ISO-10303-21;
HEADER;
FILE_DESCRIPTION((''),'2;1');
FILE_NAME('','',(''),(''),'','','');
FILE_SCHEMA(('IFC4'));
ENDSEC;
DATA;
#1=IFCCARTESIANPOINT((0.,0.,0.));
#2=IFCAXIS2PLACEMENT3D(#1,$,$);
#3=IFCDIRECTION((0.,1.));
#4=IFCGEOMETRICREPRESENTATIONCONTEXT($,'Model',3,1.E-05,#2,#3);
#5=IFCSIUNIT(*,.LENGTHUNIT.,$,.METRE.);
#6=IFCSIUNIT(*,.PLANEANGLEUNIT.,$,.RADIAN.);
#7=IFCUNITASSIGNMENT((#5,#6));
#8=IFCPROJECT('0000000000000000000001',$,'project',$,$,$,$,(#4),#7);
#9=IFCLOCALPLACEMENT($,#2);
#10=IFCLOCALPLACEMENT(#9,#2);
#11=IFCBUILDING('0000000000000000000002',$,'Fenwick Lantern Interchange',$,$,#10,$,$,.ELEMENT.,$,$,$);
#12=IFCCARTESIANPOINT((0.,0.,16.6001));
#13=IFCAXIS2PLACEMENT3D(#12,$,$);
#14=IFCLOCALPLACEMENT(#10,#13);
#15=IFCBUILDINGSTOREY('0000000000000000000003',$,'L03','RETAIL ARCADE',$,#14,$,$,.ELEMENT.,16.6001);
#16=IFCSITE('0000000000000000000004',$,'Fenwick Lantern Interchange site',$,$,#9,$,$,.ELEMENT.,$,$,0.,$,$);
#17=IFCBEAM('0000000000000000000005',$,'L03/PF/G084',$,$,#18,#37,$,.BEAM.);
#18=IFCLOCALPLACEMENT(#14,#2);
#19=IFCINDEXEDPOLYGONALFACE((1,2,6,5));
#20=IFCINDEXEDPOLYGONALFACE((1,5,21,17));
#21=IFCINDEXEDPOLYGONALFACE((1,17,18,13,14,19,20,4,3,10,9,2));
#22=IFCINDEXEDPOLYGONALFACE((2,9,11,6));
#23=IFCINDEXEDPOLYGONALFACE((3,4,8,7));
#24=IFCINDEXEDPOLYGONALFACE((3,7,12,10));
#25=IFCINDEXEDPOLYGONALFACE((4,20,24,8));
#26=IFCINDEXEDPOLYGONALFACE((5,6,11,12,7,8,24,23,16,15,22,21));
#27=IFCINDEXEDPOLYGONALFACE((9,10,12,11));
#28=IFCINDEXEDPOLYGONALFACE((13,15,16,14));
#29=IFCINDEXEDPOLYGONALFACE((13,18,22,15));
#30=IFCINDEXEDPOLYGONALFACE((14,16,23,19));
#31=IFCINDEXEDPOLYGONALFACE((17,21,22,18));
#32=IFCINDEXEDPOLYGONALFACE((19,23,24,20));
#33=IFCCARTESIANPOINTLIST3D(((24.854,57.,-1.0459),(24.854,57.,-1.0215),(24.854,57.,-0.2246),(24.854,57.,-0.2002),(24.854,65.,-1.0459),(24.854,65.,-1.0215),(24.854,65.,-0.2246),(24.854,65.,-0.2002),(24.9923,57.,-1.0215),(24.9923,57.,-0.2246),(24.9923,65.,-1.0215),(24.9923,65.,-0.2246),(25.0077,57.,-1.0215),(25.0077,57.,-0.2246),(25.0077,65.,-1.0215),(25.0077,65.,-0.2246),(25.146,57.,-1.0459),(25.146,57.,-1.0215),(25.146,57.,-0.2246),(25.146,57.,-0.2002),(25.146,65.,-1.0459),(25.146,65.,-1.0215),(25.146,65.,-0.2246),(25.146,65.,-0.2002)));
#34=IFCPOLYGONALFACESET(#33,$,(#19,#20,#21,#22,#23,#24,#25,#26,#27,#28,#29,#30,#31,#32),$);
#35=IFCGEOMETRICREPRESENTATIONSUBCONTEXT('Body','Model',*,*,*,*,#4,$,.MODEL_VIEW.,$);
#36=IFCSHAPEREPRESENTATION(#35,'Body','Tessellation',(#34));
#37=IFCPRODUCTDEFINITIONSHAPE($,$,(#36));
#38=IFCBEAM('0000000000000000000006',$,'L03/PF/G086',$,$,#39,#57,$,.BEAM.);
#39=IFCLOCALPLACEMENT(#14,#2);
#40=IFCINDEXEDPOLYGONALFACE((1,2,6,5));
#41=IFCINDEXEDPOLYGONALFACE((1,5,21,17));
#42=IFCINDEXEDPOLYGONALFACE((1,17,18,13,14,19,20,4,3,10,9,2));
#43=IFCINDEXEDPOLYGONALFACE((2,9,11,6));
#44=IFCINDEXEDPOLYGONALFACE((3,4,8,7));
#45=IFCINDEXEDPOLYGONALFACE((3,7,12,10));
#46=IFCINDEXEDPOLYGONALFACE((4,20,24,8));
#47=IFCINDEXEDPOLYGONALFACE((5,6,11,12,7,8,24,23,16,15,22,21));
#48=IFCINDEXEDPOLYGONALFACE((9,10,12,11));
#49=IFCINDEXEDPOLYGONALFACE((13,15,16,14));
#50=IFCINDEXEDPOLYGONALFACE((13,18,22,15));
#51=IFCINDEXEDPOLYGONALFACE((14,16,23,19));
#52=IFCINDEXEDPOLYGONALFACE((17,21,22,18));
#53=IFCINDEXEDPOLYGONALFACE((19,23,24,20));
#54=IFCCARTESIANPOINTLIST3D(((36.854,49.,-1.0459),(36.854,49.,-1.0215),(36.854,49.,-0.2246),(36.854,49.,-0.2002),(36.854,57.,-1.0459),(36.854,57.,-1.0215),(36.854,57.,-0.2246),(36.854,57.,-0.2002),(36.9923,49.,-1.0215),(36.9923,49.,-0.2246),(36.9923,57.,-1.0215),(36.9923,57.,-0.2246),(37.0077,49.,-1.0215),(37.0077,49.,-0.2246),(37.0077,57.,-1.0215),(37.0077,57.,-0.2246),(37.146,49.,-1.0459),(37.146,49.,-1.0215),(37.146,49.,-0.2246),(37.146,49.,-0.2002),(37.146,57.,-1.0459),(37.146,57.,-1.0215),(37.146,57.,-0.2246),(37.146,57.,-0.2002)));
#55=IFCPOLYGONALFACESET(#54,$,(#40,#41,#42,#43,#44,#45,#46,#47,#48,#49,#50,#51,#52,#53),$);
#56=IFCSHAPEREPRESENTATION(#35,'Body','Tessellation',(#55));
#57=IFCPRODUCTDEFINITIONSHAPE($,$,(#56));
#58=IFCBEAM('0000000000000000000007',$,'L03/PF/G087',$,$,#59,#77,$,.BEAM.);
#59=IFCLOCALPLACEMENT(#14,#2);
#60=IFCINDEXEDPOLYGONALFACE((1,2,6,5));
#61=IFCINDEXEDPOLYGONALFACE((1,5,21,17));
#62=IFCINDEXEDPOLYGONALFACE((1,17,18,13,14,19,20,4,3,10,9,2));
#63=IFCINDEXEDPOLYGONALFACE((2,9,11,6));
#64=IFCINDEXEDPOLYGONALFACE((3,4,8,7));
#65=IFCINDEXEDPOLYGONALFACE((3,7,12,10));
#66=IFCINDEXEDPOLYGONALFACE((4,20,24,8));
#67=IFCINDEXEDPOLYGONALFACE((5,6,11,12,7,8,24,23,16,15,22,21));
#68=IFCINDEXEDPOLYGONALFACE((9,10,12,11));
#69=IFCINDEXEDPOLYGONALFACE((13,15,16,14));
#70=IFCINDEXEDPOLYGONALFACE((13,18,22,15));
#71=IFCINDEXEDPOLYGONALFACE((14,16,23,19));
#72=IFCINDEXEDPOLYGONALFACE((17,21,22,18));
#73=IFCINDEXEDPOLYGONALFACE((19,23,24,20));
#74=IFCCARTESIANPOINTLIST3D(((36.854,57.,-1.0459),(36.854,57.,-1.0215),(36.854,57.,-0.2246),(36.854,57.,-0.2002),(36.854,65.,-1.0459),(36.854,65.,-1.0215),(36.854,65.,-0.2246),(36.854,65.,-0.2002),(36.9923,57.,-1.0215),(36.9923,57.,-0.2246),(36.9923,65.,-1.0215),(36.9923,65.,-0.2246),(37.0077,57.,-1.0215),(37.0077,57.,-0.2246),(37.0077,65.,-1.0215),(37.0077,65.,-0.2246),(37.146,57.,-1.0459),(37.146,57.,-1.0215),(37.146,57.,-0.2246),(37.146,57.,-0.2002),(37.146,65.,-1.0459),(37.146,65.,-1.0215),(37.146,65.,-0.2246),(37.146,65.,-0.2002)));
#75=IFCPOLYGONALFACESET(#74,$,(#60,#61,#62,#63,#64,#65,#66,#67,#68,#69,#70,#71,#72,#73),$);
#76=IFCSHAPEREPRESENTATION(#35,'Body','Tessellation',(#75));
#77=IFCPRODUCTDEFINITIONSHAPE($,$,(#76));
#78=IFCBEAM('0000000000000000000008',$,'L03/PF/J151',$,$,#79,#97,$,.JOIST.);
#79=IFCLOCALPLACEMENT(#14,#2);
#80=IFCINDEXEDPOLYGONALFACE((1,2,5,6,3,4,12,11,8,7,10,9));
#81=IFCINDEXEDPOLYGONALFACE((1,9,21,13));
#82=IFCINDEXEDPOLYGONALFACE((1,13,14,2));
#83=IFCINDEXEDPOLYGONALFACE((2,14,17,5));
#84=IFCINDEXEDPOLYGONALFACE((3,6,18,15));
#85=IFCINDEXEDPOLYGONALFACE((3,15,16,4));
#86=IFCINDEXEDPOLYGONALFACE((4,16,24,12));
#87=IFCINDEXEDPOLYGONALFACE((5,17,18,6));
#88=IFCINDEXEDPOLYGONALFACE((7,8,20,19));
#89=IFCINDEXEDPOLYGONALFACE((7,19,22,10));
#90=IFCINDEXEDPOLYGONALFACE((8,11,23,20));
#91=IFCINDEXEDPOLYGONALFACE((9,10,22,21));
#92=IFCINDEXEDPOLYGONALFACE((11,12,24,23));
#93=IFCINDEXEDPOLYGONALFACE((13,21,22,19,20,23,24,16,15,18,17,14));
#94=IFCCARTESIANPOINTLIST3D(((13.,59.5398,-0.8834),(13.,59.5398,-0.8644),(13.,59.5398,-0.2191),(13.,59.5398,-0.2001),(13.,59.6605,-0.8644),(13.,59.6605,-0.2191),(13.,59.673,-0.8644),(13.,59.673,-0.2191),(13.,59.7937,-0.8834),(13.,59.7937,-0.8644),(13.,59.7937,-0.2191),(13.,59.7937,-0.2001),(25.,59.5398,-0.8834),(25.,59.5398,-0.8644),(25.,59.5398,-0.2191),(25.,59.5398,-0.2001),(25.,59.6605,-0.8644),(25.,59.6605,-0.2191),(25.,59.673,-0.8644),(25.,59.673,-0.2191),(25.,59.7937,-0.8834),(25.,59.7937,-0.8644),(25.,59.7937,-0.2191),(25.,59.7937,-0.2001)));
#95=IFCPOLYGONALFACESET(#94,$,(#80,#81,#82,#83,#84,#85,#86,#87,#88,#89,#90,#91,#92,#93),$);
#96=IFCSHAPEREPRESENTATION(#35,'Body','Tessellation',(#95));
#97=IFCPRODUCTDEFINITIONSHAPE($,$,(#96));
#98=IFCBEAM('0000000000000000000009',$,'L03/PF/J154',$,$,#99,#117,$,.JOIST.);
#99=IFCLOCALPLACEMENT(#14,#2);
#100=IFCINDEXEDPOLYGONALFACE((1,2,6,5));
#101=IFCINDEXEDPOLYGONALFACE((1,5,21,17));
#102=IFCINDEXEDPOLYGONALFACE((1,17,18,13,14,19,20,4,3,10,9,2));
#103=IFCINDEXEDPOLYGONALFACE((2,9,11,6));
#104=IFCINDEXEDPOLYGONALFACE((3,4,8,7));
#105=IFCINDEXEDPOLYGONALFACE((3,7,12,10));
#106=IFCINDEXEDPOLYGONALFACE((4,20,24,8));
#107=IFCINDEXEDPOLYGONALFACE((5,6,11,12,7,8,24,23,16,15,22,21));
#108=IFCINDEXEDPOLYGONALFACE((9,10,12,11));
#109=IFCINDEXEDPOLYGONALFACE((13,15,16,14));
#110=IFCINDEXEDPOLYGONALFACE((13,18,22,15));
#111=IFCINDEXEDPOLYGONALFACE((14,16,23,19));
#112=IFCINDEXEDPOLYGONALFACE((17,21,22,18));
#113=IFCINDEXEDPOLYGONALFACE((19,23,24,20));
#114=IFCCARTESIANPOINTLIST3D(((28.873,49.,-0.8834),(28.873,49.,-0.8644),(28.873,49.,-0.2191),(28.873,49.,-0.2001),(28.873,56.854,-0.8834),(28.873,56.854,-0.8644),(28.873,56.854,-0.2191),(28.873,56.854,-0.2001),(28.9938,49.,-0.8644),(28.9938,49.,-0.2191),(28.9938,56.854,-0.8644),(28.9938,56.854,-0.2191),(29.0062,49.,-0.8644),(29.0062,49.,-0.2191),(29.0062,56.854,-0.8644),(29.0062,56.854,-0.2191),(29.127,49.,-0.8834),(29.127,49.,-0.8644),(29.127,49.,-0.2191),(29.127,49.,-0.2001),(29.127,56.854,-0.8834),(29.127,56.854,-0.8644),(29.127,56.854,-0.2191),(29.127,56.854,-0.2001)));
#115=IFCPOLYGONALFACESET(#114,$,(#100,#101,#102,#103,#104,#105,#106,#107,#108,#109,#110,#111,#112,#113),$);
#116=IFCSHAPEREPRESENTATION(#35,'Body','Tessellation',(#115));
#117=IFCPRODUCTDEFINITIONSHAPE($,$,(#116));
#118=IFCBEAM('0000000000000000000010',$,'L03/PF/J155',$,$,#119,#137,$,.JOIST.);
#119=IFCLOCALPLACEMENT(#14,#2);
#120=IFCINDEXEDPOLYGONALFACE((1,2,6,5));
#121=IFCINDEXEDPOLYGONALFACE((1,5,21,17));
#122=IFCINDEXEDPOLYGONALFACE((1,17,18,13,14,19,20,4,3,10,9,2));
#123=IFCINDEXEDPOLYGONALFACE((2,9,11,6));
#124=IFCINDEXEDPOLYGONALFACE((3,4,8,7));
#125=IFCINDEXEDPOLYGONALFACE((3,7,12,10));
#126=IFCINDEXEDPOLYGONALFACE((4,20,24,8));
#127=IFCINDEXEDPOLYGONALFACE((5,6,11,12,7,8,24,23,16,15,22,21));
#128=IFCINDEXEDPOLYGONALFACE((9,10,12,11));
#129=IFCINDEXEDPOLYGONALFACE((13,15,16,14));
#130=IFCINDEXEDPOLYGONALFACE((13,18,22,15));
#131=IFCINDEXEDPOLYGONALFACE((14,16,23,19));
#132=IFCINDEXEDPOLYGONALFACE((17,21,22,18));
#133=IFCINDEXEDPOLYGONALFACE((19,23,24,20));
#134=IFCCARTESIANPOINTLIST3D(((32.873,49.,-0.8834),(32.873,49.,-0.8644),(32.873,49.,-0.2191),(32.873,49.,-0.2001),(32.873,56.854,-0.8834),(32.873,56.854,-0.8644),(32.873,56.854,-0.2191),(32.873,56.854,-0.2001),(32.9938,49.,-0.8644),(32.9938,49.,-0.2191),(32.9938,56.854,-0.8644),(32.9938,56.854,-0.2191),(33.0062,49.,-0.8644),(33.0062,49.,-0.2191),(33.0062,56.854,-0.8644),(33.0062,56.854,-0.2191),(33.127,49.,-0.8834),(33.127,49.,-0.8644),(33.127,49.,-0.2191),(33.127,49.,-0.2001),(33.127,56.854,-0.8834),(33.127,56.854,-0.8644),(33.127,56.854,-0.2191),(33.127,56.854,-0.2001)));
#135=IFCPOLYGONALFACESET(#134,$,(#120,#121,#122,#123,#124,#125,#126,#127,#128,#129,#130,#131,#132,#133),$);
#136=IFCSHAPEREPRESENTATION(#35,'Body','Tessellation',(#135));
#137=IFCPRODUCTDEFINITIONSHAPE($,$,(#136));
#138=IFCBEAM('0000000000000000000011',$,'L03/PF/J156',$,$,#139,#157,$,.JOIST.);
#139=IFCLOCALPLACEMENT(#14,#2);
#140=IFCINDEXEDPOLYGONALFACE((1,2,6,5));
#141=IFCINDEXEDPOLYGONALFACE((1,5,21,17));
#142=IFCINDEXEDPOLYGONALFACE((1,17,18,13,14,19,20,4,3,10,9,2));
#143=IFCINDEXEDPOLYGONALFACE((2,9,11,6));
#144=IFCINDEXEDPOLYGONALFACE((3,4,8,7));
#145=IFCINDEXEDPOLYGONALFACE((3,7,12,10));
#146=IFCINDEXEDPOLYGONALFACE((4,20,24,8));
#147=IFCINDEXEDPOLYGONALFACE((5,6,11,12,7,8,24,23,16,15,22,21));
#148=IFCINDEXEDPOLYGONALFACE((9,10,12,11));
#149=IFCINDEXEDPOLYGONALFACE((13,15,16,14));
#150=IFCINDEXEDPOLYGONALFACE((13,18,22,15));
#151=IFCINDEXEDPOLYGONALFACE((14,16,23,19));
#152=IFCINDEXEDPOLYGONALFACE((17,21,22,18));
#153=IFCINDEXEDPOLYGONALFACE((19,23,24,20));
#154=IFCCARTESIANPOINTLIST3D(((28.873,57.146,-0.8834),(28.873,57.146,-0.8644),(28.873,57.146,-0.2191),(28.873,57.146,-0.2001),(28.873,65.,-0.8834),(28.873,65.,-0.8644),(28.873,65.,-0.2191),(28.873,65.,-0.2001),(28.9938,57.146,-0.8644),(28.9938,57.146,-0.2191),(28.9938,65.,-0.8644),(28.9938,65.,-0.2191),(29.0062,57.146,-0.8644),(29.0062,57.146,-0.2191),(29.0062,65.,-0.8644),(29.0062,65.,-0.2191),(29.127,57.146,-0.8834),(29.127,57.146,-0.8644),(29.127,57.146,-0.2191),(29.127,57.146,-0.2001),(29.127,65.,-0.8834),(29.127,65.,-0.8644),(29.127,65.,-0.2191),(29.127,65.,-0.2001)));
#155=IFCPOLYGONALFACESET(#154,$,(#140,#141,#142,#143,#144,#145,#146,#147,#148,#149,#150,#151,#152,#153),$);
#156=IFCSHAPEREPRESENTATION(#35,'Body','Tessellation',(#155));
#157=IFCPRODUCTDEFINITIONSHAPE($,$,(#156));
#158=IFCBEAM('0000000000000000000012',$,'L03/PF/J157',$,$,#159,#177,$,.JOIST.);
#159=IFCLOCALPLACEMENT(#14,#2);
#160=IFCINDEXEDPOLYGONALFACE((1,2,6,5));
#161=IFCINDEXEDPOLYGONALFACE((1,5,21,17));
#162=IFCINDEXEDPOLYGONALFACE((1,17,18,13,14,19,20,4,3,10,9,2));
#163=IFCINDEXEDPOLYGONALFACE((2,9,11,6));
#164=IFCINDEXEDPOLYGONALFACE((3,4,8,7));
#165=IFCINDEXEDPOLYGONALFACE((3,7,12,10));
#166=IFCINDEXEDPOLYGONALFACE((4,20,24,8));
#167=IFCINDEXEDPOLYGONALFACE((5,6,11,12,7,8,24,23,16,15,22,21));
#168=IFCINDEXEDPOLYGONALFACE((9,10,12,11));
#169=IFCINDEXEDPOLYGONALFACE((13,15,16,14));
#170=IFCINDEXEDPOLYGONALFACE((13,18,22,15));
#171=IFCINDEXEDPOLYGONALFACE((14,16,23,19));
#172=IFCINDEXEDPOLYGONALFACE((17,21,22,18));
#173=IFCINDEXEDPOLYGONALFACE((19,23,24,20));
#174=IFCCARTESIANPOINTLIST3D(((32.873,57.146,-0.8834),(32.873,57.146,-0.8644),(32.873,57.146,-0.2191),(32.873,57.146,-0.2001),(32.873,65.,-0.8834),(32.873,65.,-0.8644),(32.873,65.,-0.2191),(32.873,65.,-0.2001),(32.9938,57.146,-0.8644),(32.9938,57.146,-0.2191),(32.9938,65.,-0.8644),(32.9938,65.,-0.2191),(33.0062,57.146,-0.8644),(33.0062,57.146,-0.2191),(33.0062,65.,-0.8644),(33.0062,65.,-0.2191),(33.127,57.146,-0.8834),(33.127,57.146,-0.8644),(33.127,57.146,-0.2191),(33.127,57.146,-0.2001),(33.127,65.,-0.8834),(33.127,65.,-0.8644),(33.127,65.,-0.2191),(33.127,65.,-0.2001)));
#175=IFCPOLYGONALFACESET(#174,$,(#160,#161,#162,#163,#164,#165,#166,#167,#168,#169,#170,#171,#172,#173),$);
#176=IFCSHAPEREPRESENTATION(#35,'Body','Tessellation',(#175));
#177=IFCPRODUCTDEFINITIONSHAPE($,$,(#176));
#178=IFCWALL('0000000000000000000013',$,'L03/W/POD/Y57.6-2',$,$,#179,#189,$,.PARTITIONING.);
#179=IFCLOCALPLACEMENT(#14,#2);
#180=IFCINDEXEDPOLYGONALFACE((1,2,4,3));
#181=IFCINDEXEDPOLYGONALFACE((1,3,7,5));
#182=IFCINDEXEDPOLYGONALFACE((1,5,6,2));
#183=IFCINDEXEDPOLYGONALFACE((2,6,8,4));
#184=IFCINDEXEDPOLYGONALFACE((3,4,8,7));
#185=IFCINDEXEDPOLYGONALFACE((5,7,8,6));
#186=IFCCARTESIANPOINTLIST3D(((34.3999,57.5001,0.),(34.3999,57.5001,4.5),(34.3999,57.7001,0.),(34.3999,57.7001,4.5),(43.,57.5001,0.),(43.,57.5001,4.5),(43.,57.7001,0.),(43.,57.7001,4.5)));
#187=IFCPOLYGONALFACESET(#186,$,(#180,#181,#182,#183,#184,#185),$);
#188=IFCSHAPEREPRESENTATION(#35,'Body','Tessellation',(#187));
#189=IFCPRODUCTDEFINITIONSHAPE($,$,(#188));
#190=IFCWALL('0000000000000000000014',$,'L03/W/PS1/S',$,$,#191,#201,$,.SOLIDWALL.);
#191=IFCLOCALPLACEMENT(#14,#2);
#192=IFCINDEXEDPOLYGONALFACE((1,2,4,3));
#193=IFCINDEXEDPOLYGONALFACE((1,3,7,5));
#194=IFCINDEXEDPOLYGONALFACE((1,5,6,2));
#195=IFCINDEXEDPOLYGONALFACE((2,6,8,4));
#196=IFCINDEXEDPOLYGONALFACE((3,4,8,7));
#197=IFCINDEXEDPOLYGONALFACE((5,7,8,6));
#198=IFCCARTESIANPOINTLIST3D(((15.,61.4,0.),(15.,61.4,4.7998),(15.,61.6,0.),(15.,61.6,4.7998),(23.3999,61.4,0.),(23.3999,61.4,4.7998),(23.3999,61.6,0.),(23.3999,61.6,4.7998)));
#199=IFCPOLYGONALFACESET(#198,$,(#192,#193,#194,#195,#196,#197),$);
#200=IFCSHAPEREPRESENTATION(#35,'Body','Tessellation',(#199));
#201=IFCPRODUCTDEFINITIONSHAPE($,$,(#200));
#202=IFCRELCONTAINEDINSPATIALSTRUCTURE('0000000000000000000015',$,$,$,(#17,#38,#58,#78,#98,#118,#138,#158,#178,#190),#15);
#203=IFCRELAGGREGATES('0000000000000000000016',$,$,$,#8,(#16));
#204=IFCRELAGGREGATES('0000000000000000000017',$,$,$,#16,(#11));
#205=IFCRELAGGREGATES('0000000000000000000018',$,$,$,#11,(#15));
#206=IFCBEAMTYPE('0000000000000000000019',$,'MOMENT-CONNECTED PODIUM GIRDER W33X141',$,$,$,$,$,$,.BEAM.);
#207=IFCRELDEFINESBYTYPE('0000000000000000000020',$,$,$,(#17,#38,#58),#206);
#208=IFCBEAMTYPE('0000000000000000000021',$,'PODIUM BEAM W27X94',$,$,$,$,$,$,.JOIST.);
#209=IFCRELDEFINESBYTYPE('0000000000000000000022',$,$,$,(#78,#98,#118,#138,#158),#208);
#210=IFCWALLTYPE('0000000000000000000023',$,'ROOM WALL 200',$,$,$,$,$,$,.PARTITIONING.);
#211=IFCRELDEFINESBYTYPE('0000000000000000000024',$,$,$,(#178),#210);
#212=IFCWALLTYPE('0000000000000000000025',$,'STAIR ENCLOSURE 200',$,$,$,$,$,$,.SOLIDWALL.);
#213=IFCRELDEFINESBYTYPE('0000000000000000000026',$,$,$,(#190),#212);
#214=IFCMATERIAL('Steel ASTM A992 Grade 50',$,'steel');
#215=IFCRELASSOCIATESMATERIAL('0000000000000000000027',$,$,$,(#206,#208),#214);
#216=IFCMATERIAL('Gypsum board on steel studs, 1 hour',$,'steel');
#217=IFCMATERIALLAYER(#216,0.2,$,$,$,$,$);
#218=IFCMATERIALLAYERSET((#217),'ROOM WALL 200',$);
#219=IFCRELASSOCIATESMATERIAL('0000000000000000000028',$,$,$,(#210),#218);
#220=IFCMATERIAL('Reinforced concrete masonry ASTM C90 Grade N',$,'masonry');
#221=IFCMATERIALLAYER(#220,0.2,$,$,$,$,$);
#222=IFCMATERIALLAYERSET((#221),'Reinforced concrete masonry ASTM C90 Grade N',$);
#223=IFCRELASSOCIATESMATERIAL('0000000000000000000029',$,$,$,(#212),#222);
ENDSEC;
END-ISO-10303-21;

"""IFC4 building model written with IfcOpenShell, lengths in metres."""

from ifc_helpers import new_model, si_unit, direction, frame, frame_2d, origin, origin_2d, place, context, subcontext, project, spatial, rectangle, i_section, extrude, material, layer, layer_set, material_profile, profile_set, type_object, element, save


model = new_model("IFC4")

# Units and contexts
model_context = context("Model", 3, precision=1e-05, world=origin(), true_north=direction((0.0, 1.0)))
body_context = subcontext(model_context, "Body", "Model", "MODEL_VIEW")
ifc_project = project(units=[si_unit("LENGTHUNIT", "METRE"), si_unit("PLANEANGLEUNIT", "RADIAN")], contexts=[model_context])

# Site, building, storey
site_placement = place(None, origin())
site = spatial("IfcSite", under=ifc_project, at=site_placement, Name="Fenwick Lantern Interchange site", CompositionType="ELEMENT", RefElevation=0.0)
building_placement = place(site_placement, origin())
building = spatial("IfcBuilding", under=site, at=building_placement, Name="Fenwick Lantern Interchange", CompositionType="ELEMENT")
storey_placement = place(building_placement, frame((0.0, 0.0, 16.6001)))
storey = spatial("IfcBuildingStorey", under=building, at=storey_placement, Name="L03", Description="RETAIL ARCADE", CompositionType="ELEMENT", Elevation=16.6001)

# Shared definitions
ifc_material_1 = material(Name="Steel ASTM A992 Grade 50", Category="steel")

# Beams
ifc_material_profile_1 = material_profile(ifc_material_1, i_section(OverallWidth=0.292, OverallDepth=0.8457, WebThickness=0.0154, FlangeThickness=0.0244, at=origin_2d()), Name="W33X141")
ifc_profile_set_1 = profile_set([ifc_material_profile_1], Name="Steel ASTM A992 Grade 50")
beam_type_1 = type_object("IfcBeamType", Name="MOMENT-CONNECTED PODIUM GIRDER W33X141", PredefinedType="BEAM", material=ifc_profile_set_1)
for number, where, z_axis, x_axis, name in (
    (1, (25.0, 57.0, -0.623), (0.0, 1.0, 0.0), (-1.0, 0.0, 0.0), "L03/PF/G084"),
    (2, (37.0, 49.0, -0.623), (0.0, 1.0, 0.0), (-1.0, 0.0, 0.0), "L03/PF/G086"),
    (3, (37.0, 57.0, -0.623), (0.0, 1.0, 0.0), (-1.0, 0.0, 0.0), "L03/PF/G087"),
):
    element("IfcBeam", number, at=place(storey_placement, frame(where, z_axis=z_axis, x_axis=x_axis)), inside=storey, type_object=beam_type_1, Name=name, PredefinedType="BEAM", context=body_context, shape_type="SweptSolid", body=[
        extrude(i_section(OverallWidth=0.292, OverallDepth=0.8457, WebThickness=0.0154, FlangeThickness=0.0244, at=origin_2d()), origin(), (0.0, 0.0, 1.0), 8.0),
    ])
ifc_material_profile_2 = material_profile(ifc_material_1, i_section(OverallWidth=0.2539, OverallDepth=0.6833, WebThickness=0.0125, FlangeThickness=0.019, at=origin_2d()), Name="W27X94")
ifc_profile_set_2 = profile_set([ifc_material_profile_2], Name="Steel ASTM A992 Grade 50")
beam_type_2 = type_object("IfcBeamType", Name="PODIUM BEAM W27X94", PredefinedType="JOIST", material=ifc_profile_set_2)
beam_1_placement = place(storey_placement, frame((13.0, 59.6667, -0.5417), z_axis=(1.0, 0.0, 0.0), x_axis=(0.0, 1.0, 0.0)))
element("IfcBeam", 4, at=beam_1_placement, inside=storey, type_object=beam_type_2, Name="L03/PF/J151", PredefinedType="JOIST", context=body_context, shape_type="SweptSolid", body=[
    extrude(i_section(OverallWidth=0.2539, OverallDepth=0.6833, WebThickness=0.0125, FlangeThickness=0.019, at=origin_2d()), origin(), (0.0, 0.0, 1.0), 12.0),
])
for number, where, z_axis, x_axis, name in (
    (5, (29.0, 49.0, -0.5417), (0.0, 1.0, 0.0), (-1.0, 0.0, 0.0), "L03/PF/J154"),
    (6, (33.0, 49.0, -0.5417), (0.0, 1.0, 0.0), (-1.0, 0.0, 0.0), "L03/PF/J155"),
    (7, (29.0, 57.146, -0.5417), (0.0, 1.0, 0.0), (-1.0, 0.0, 0.0), "L03/PF/J156"),
    (8, (33.0, 57.146, -0.5417), (0.0, 1.0, 0.0), (-1.0, 0.0, 0.0), "L03/PF/J157"),
):
    element("IfcBeam", number, at=place(storey_placement, frame(where, z_axis=z_axis, x_axis=x_axis)), inside=storey, type_object=beam_type_2, Name=name, PredefinedType="JOIST", context=body_context, shape_type="SweptSolid", body=[
        extrude(i_section(OverallWidth=0.2539, OverallDepth=0.6833, WebThickness=0.0125, FlangeThickness=0.019, at=origin_2d()), origin(), (0.0, 0.0, 1.0), 7.854),
    ])

# Walls
ifc_material_2 = material(Name="Gypsum board on steel studs, 1 hour", Category="steel")
ifc_layer_1 = layer(ifc_material_2, 0.2)
ifc_layer_set_1 = layer_set([ifc_layer_1], Name="ROOM WALL 200")
wall_type_1 = type_object("IfcWallType", Name="ROOM WALL 200", PredefinedType="PARTITIONING", material=ifc_layer_set_1)
wall_1_placement = place(storey_placement, frame((34.3999, 57.6001, 0.0), z_axis=(0.0, 0.0, 1.0), x_axis=(1.0, 0.0, 0.0)))
element("IfcWall", 9, at=wall_1_placement, inside=storey, type_object=wall_type_1, Name="L03/W/POD/Y57.6-2", PredefinedType="PARTITIONING", context=body_context, shape_type="SweptSolid", body=[
    extrude(rectangle(XDim=8.6001, YDim=0.2, at=frame_2d((4.3, 0.0))), origin(), (0.0, 0.0, 1.0), 4.5),
])
ifc_material_3 = material(Name="Reinforced concrete masonry ASTM C90 Grade N", Category="masonry")
ifc_layer_2 = layer(ifc_material_3, 0.2)
ifc_layer_set_2 = layer_set([ifc_layer_2], Name="Reinforced concrete masonry ASTM C90 Grade N")
wall_type_2 = type_object("IfcWallType", Name="STAIR ENCLOSURE 200", PredefinedType="SOLIDWALL", material=ifc_layer_set_2)
wall_2_placement = place(storey_placement, frame((15.0, 61.5, 0.0), z_axis=(0.0, 0.0, 1.0), x_axis=(1.0, 0.0, 0.0)))
element("IfcWall", 10, at=wall_2_placement, inside=storey, type_object=wall_type_2, Name="L03/W/PS1/S", PredefinedType="SOLIDWALL", context=body_context, shape_type="SweptSolid", body=[
    extrude(rectangle(XDim=8.3999, YDim=0.2, at=frame_2d((4.2, 0.0))), origin(), (0.0, 0.0, 1.0), 4.7998),
])

save(model, "model.ifc")
